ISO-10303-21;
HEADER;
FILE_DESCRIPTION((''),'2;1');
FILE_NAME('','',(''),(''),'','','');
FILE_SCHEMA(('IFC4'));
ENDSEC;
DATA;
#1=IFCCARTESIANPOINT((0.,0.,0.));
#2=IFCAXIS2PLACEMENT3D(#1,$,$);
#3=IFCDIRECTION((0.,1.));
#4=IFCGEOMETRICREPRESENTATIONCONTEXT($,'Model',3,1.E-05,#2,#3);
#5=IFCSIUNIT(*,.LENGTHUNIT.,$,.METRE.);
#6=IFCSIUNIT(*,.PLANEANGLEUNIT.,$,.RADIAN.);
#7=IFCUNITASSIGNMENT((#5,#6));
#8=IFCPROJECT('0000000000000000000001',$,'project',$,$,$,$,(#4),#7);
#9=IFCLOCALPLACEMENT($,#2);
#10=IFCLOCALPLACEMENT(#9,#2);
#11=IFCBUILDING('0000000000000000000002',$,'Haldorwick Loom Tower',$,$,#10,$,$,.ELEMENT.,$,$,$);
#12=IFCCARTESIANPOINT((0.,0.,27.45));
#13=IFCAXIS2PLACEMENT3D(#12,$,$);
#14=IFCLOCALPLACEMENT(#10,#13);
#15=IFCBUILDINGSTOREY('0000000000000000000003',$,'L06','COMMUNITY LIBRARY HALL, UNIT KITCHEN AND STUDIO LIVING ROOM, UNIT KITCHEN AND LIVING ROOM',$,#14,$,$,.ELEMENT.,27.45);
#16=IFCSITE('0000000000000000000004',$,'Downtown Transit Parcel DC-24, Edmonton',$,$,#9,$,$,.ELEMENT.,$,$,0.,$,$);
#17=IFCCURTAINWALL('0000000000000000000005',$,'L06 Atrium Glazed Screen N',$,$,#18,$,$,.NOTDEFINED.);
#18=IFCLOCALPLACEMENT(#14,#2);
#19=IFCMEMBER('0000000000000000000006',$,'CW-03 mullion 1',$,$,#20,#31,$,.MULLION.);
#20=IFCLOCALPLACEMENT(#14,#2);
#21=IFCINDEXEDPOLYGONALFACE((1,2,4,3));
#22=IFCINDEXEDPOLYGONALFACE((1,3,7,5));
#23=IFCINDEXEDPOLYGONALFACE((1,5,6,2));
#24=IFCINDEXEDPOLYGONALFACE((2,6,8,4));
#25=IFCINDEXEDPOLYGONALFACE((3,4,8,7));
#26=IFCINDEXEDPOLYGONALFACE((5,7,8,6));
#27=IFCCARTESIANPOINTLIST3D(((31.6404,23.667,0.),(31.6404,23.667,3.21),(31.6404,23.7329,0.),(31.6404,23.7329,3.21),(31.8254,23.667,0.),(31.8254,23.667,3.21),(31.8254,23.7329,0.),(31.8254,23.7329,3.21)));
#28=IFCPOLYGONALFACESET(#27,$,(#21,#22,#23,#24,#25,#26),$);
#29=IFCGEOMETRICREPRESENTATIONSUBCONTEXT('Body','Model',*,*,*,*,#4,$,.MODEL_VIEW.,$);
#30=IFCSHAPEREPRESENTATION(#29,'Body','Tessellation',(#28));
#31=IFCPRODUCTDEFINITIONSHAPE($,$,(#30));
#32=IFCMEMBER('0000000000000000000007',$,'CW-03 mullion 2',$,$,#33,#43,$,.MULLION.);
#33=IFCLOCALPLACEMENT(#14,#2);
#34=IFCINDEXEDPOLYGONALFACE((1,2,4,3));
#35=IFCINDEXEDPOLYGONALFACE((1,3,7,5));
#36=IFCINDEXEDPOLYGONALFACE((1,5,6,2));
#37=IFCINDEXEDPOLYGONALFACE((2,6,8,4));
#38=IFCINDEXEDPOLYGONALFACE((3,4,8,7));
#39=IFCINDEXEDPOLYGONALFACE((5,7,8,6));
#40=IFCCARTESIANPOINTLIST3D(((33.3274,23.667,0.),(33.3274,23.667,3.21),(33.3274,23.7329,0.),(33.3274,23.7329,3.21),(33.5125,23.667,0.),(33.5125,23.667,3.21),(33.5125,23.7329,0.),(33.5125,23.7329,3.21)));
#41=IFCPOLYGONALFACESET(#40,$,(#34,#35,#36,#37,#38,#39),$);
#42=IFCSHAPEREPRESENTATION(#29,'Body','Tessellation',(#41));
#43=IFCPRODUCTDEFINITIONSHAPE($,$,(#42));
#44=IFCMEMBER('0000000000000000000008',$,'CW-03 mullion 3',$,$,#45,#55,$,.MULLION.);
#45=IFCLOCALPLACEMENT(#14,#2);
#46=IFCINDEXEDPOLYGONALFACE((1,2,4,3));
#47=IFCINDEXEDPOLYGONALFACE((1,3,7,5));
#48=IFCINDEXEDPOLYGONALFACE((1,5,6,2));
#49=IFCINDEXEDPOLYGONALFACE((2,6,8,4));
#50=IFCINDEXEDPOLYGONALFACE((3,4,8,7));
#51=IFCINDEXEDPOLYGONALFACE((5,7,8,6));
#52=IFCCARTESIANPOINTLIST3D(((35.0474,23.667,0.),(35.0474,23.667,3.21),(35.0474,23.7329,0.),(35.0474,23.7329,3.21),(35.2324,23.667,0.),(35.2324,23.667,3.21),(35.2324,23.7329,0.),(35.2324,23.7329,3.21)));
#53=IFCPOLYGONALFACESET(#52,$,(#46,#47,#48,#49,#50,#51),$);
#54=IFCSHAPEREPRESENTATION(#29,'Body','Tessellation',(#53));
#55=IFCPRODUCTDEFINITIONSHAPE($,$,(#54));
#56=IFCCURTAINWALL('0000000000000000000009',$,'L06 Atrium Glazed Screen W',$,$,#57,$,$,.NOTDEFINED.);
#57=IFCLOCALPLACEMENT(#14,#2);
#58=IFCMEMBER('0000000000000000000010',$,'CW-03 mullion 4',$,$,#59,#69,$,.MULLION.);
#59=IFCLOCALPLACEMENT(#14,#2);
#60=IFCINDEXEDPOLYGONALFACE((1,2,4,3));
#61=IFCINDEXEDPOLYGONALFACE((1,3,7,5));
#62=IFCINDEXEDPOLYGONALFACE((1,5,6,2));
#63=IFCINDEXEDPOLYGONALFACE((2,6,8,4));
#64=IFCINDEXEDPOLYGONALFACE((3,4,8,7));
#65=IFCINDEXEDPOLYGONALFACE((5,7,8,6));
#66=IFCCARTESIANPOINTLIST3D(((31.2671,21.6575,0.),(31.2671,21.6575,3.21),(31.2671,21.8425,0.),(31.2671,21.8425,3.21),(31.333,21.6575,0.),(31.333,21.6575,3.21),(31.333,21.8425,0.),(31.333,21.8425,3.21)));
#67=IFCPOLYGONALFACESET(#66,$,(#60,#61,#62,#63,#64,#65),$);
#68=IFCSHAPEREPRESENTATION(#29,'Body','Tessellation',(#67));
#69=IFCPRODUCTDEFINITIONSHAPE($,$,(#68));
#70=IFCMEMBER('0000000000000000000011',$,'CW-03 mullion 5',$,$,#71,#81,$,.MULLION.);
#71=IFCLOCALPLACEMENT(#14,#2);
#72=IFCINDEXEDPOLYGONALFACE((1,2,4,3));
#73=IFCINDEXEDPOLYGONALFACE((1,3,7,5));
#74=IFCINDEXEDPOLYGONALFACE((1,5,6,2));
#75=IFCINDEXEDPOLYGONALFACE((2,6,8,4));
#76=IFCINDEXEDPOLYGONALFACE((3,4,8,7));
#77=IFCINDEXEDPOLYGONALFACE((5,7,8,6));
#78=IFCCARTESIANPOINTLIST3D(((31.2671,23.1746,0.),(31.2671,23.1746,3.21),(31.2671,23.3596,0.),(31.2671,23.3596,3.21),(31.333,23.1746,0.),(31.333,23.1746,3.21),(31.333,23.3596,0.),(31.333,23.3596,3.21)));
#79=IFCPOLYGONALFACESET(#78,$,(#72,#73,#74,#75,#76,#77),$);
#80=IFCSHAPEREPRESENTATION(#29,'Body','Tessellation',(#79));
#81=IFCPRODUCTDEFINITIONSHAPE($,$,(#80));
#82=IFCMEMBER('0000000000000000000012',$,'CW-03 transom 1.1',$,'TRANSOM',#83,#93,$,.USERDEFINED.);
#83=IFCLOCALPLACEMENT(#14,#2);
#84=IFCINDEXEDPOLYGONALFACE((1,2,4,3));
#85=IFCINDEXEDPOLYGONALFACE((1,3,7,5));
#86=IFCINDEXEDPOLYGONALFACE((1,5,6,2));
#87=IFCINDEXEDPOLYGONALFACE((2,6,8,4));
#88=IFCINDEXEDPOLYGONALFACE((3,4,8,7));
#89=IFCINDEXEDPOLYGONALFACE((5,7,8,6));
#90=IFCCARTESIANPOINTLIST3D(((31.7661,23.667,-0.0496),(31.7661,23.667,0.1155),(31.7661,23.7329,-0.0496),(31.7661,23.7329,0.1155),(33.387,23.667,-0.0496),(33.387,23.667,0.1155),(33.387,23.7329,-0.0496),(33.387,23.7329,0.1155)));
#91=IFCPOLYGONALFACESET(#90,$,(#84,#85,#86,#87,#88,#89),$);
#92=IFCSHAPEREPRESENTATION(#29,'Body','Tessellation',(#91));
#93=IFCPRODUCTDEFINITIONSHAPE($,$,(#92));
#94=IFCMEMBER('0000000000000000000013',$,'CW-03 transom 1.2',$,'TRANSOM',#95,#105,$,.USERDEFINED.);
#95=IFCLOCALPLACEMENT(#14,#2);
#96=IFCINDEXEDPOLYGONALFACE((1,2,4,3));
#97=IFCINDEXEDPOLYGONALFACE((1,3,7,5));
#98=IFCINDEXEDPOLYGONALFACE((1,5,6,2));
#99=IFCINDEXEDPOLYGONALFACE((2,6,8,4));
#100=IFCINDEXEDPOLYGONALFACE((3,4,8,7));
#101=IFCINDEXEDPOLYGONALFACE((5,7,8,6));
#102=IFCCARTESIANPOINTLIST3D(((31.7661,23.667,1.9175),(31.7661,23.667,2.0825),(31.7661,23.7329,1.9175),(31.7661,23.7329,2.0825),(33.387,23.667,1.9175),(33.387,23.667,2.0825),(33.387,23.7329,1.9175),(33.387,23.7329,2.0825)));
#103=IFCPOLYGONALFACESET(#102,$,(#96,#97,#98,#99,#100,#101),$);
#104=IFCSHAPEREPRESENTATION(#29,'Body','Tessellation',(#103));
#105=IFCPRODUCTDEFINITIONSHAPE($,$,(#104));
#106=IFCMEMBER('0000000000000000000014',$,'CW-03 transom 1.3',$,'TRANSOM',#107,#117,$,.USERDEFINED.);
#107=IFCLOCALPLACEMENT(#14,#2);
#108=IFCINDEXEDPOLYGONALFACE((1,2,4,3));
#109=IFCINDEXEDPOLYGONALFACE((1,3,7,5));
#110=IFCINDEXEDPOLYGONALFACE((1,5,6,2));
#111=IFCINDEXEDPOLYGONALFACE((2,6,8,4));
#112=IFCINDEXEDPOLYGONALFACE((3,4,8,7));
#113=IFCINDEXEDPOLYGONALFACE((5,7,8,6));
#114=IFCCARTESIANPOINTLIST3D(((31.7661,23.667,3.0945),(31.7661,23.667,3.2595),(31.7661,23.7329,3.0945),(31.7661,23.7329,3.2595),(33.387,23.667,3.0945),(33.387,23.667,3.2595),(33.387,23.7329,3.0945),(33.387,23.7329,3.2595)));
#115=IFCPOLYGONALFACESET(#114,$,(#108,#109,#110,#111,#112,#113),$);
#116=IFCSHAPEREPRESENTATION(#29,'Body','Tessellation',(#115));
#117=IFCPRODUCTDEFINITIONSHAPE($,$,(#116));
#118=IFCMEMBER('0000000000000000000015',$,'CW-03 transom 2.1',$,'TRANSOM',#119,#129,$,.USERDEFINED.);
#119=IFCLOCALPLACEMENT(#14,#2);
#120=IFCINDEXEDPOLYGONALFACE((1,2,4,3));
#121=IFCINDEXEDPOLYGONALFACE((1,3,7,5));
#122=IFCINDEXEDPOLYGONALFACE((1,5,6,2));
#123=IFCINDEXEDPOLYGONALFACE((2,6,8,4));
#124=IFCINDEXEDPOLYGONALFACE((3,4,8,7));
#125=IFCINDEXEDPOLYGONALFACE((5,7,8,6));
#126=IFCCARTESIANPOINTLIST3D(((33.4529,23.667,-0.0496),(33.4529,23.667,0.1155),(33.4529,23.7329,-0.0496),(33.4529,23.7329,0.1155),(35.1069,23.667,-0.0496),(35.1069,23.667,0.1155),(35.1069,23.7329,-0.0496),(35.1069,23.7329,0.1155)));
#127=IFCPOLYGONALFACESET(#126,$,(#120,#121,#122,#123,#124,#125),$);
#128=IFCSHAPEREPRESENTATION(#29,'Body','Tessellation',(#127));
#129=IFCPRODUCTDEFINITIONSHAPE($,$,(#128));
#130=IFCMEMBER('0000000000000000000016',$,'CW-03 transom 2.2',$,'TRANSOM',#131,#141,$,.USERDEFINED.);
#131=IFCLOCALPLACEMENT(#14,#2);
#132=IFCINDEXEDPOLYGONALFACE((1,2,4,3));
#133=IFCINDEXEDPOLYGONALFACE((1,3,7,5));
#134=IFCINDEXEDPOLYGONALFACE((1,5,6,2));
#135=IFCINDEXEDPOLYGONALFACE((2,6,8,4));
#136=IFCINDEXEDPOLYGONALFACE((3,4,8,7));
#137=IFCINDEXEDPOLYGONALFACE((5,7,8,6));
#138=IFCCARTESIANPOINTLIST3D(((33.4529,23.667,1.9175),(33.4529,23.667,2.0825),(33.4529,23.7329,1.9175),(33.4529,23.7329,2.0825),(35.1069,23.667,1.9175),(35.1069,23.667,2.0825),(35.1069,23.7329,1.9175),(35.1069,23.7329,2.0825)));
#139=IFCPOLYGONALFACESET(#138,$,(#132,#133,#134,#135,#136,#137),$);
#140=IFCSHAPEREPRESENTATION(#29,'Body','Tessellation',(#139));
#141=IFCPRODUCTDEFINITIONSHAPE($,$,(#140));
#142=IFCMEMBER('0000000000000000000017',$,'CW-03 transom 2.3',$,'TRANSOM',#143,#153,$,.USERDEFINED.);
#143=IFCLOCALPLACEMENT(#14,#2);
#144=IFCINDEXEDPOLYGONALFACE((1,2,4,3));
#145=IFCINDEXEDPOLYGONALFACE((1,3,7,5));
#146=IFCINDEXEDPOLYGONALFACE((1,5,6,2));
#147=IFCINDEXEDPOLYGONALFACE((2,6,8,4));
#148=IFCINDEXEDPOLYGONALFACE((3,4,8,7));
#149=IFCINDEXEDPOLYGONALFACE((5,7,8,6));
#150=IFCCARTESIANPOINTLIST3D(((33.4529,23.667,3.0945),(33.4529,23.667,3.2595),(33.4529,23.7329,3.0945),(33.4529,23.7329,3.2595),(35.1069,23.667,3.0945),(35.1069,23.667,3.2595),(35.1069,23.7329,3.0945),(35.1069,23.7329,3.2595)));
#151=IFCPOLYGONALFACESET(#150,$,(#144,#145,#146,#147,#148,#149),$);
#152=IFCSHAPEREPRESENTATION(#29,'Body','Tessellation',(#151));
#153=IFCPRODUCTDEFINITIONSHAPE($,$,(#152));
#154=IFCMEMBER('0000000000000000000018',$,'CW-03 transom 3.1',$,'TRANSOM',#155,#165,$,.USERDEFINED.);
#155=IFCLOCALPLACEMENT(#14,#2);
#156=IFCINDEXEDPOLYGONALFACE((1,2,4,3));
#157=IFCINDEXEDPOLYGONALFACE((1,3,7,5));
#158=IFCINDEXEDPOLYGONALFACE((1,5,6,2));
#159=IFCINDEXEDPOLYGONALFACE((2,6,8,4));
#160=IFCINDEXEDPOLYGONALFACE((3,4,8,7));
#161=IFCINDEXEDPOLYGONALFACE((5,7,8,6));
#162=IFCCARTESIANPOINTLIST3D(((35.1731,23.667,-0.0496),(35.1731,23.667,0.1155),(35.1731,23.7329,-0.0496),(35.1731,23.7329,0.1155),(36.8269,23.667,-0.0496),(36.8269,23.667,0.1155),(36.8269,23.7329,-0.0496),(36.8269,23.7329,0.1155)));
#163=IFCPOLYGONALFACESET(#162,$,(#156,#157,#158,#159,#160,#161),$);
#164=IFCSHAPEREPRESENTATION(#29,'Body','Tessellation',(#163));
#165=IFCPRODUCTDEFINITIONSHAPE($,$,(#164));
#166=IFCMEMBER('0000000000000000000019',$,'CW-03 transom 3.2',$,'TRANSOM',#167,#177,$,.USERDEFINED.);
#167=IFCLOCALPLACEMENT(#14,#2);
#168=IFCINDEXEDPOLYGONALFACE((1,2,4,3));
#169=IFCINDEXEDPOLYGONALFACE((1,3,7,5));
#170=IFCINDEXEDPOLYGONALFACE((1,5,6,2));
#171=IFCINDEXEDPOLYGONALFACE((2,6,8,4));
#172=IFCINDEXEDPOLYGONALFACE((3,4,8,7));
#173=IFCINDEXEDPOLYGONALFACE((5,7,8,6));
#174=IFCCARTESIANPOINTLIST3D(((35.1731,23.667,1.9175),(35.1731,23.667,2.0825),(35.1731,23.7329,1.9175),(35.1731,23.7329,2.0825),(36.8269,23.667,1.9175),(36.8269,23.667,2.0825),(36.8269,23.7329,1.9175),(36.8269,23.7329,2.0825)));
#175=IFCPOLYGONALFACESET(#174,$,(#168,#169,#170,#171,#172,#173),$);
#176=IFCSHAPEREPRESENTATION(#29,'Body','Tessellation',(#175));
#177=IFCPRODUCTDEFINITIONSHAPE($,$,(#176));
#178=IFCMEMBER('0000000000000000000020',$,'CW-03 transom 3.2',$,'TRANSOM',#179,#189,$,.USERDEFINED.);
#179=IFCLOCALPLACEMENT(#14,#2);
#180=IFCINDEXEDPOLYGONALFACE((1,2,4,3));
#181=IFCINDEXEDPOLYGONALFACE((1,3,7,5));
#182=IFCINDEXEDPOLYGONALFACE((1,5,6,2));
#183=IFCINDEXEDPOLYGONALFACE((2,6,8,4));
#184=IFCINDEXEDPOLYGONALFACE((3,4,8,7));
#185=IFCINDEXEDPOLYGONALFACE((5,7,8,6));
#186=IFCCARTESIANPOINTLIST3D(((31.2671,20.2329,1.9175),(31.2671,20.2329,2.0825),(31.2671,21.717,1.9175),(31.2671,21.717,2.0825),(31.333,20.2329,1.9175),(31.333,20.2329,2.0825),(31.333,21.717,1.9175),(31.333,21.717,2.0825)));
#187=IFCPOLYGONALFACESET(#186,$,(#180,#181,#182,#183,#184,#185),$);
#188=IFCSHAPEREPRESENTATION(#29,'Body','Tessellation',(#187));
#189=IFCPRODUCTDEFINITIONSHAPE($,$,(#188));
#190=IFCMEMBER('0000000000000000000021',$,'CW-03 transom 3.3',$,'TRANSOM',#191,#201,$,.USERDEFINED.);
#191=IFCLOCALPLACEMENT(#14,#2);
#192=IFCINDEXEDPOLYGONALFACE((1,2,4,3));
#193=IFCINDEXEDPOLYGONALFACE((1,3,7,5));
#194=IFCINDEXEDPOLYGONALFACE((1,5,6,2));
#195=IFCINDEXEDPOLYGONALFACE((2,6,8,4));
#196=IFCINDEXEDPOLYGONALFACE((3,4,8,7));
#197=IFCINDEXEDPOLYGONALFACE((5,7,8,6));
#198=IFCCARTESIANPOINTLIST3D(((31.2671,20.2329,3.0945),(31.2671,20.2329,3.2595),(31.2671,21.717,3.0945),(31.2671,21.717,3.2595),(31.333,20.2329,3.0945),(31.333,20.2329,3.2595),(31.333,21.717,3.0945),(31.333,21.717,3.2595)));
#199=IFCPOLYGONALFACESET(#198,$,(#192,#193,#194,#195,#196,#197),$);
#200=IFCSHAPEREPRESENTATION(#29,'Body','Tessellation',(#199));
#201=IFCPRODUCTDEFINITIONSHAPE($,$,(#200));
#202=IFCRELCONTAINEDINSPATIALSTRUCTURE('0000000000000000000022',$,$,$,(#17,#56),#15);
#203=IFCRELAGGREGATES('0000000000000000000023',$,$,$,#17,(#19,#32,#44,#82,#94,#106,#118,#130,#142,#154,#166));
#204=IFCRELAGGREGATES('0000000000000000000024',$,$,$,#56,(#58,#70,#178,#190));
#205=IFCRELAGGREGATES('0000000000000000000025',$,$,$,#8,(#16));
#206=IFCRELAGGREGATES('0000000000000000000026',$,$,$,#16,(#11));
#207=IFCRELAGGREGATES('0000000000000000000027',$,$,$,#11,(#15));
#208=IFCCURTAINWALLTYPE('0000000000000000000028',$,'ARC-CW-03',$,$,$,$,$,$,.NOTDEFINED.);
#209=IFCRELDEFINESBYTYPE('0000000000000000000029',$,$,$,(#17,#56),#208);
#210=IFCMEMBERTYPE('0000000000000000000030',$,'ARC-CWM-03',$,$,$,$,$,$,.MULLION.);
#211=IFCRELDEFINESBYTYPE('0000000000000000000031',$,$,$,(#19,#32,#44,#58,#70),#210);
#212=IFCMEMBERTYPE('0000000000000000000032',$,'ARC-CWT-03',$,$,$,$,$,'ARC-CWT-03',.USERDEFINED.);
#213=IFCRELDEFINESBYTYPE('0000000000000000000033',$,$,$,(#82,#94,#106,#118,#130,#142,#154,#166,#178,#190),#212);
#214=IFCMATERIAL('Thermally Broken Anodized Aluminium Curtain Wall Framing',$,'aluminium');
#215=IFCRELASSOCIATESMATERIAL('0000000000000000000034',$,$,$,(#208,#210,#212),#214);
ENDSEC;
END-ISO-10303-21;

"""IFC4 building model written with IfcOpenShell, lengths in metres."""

from ifc_helpers import new_model, si_unit, direction, frame, origin, origin_2d, place, context, subcontext, project, spatial, rectangle, extrude, material, material_profile, profile_set, type_object, element, aggregate, save


model = new_model("IFC4")

# Units and contexts
model_context = context("Model", 3, precision=1e-05, world=origin(), true_north=direction((0.0, 1.0)))
body_context = subcontext(model_context, "Body", "Model", "MODEL_VIEW")
ifc_project = project(units=[si_unit("LENGTHUNIT", "METRE"), si_unit("PLANEANGLEUNIT", "RADIAN")], contexts=[model_context])

# Site, building, storey
site_placement = place(None, origin())
site = spatial("IfcSite", under=ifc_project, at=site_placement, Name="Downtown Transit Parcel DC-24, Edmonton", CompositionType="ELEMENT", RefElevation=0.0)
building_placement = place(site_placement, origin())
building = spatial("IfcBuilding", under=site, at=building_placement, Name="Haldorwick Loom Tower", CompositionType="ELEMENT")
storey_placement = place(building_placement, frame((0.0, 0.0, 27.45)))
storey = spatial("IfcBuildingStorey", under=building, at=storey_placement, Name="L06", Description="COMMUNITY LIBRARY HALL, UNIT KITCHEN AND STUDIO LIVING ROOM, UNIT KITCHEN AND LIVING ROOM", CompositionType="ELEMENT", Elevation=27.45)

# Curtain walls, members
ifc_material_1 = material(Name="Thermally Broken Anodized Aluminium Curtain Wall Framing", Category="aluminium")
curtain_wall_type = type_object("IfcCurtainWallType", Name="ARC-CW-03", PredefinedType="NOTDEFINED", material=ifc_material_1)
curtain_wall_1_placement = place(storey_placement, origin())
curtain_wall_1 = element("IfcCurtainWall", 1, at=curtain_wall_1_placement, inside=storey, type_object=curtain_wall_type, Name="L06 Atrium Glazed Screen N", PredefinedType="NOTDEFINED")
ifc_material_profile_1 = material_profile(ifc_material_1, rectangle(XDim=0.0659, YDim=0.1851, at=origin_2d()), Name="ALU_MUL_66X185", Category="aluminium")
ifc_profile_set_1 = profile_set([ifc_material_profile_1], Name="Thermally Broken Anodized Aluminium Curtain Wall Framing")
member_type_1 = type_object("IfcMemberType", Name="ARC-CWM-03", PredefinedType="MULLION", material=ifc_profile_set_1)
member_1_placement = place(storey_placement, frame((31.7329, 23.7, 0.0), z_axis=(0.0, 0.0, 1.0), x_axis=(0.0, 1.0, 0.0)))
member_1 = element("IfcMember", 2, at=member_1_placement, type_object=member_type_1, Name="CW-03 mullion 1", PredefinedType="MULLION", context=body_context, shape_type="SweptSolid", body=[
    extrude(rectangle(XDim=0.0659, YDim=0.1851, at=origin_2d()), origin(), (0.0, 0.0, 1.0), 3.21),
])
member_2_placement = place(storey_placement, frame((33.4199, 23.7, 0.0), z_axis=(0.0, 0.0, 1.0), x_axis=(0.0, 1.0, 0.0)))
member_2 = element("IfcMember", 3, at=member_2_placement, type_object=member_type_1, Name="CW-03 mullion 2", PredefinedType="MULLION", context=body_context, shape_type="SweptSolid", body=[
    extrude(rectangle(XDim=0.0659, YDim=0.1851, at=origin_2d()), origin(), (0.0, 0.0, 1.0), 3.21),
])
member_3_placement = place(storey_placement, frame((35.1399, 23.7, 0.0), z_axis=(0.0, 0.0, 1.0), x_axis=(0.0, 1.0, 0.0)))
member_3 = element("IfcMember", 4, at=member_3_placement, type_object=member_type_1, Name="CW-03 mullion 3", PredefinedType="MULLION", context=body_context, shape_type="SweptSolid", body=[
    extrude(rectangle(XDim=0.0659, YDim=0.1851, at=origin_2d()), origin(), (0.0, 0.0, 1.0), 3.21),
])
curtain_wall_2_placement = place(storey_placement, origin())
curtain_wall_2 = element("IfcCurtainWall", 5, at=curtain_wall_2_placement, inside=storey, type_object=curtain_wall_type, Name="L06 Atrium Glazed Screen W", PredefinedType="NOTDEFINED")
member_4_placement = place(storey_placement, frame((31.3, 21.75, 0.0), z_axis=(0.0, 0.0, 1.0), x_axis=(-1.0, 0.0, 0.0)))
member_4 = element("IfcMember", 6, at=member_4_placement, type_object=member_type_1, Name="CW-03 mullion 4", PredefinedType="MULLION", context=body_context, shape_type="SweptSolid", body=[
    extrude(rectangle(XDim=0.0659, YDim=0.1851, at=origin_2d()), origin(), (0.0, 0.0, 1.0), 3.21),
])
member_5_placement = place(storey_placement, frame((31.3, 23.2671, 0.0), z_axis=(0.0, 0.0, 1.0), x_axis=(-1.0, 0.0, 0.0)))
member_5 = element("IfcMember", 7, at=member_5_placement, type_object=member_type_1, Name="CW-03 mullion 5", PredefinedType="MULLION", context=body_context, shape_type="SweptSolid", body=[
    extrude(rectangle(XDim=0.0659, YDim=0.1851, at=origin_2d()), origin(), (0.0, 0.0, 1.0), 3.21),
])

# Members
ifc_material_profile_2 = material_profile(ifc_material_1, rectangle(XDim=0.0659, YDim=0.165, at=origin_2d()), Name="ALU_TRN_66X165", Category="aluminium")
ifc_profile_set_2 = profile_set([ifc_material_profile_2], Name="Thermally Broken Anodized Aluminium Curtain Wall Framing")
member_type_2 = type_object("IfcMemberType", Name="ARC-CWT-03", ElementType="ARC-CWT-03", PredefinedType="USERDEFINED", material=ifc_profile_set_2)
member_6_placement = place(storey_placement, frame((31.7661, 23.7, 0.033), z_axis=(1.0, 0.0, 0.0), x_axis=(0.0, 1.0, 0.0)))
member_6 = element("IfcMember", 8, at=member_6_placement, type_object=member_type_2, Name="CW-03 transom 1.1", ObjectType="TRANSOM", PredefinedType="USERDEFINED", context=body_context, shape_type="SweptSolid", body=[
    extrude(rectangle(XDim=0.0659, YDim=0.165, at=origin_2d()), origin(), (0.0, 0.0, 1.0), 1.6208),
])
member_7_placement = place(storey_placement, frame((31.7661, 23.7, 2.0), z_axis=(1.0, 0.0, 0.0), x_axis=(0.0, 1.0, 0.0)))
member_7 = element("IfcMember", 9, at=member_7_placement, type_object=member_type_2, Name="CW-03 transom 1.2", ObjectType="TRANSOM", PredefinedType="USERDEFINED", context=body_context, shape_type="SweptSolid", body=[
    extrude(rectangle(XDim=0.0659, YDim=0.165, at=origin_2d()), origin(), (0.0, 0.0, 1.0), 1.6208),
])
member_8_placement = place(storey_placement, frame((31.7661, 23.7, 3.177), z_axis=(1.0, 0.0, 0.0), x_axis=(0.0, 1.0, 0.0)))
member_8 = element("IfcMember", 10, at=member_8_placement, type_object=member_type_2, Name="CW-03 transom 1.3", ObjectType="TRANSOM", PredefinedType="USERDEFINED", context=body_context, shape_type="SweptSolid", body=[
    extrude(rectangle(XDim=0.0659, YDim=0.165, at=origin_2d()), origin(), (0.0, 0.0, 1.0), 1.6208),
])
member_9_placement = place(storey_placement, frame((33.4529, 23.7, 0.033), z_axis=(1.0, 0.0, 0.0), x_axis=(0.0, 1.0, 0.0)))
member_9 = element("IfcMember", 11, at=member_9_placement, type_object=member_type_2, Name="CW-03 transom 2.1", ObjectType="TRANSOM", PredefinedType="USERDEFINED", context=body_context, shape_type="SweptSolid", body=[
    extrude(rectangle(XDim=0.0659, YDim=0.165, at=origin_2d()), origin(), (0.0, 0.0, 1.0), 1.6541),
])
member_10_placement = place(storey_placement, frame((33.4529, 23.7, 2.0), z_axis=(1.0, 0.0, 0.0), x_axis=(0.0, 1.0, 0.0)))
member_10 = element("IfcMember", 12, at=member_10_placement, type_object=member_type_2, Name="CW-03 transom 2.2", ObjectType="TRANSOM", PredefinedType="USERDEFINED", context=body_context, shape_type="SweptSolid", body=[
    extrude(rectangle(XDim=0.0659, YDim=0.165, at=origin_2d()), origin(), (0.0, 0.0, 1.0), 1.6541),
])
member_11_placement = place(storey_placement, frame((33.4529, 23.7, 3.177), z_axis=(1.0, 0.0, 0.0), x_axis=(0.0, 1.0, 0.0)))
member_11 = element("IfcMember", 13, at=member_11_placement, type_object=member_type_2, Name="CW-03 transom 2.3", ObjectType="TRANSOM", PredefinedType="USERDEFINED", context=body_context, shape_type="SweptSolid", body=[
    extrude(rectangle(XDim=0.0659, YDim=0.165, at=origin_2d()), origin(), (0.0, 0.0, 1.0), 1.6541),
])
member_12_placement = place(storey_placement, frame((35.1731, 23.7, 0.033), z_axis=(1.0, 0.0, 0.0), x_axis=(0.0, 1.0, 0.0)))
member_12 = element("IfcMember", 14, at=member_12_placement, type_object=member_type_2, Name="CW-03 transom 3.1", ObjectType="TRANSOM", PredefinedType="USERDEFINED", context=body_context, shape_type="SweptSolid", body=[
    extrude(rectangle(XDim=0.0659, YDim=0.165, at=origin_2d()), origin(), (0.0, 0.0, 1.0), 1.6538),
])
member_13_placement = place(storey_placement, frame((35.1731, 23.7, 2.0), z_axis=(1.0, 0.0, 0.0), x_axis=(0.0, 1.0, 0.0)))
member_13 = element("IfcMember", 15, at=member_13_placement, type_object=member_type_2, Name="CW-03 transom 3.2", ObjectType="TRANSOM", PredefinedType="USERDEFINED", context=body_context, shape_type="SweptSolid", body=[
    extrude(rectangle(XDim=0.0659, YDim=0.165, at=origin_2d()), origin(), (0.0, 0.0, 1.0), 1.6538),
])
member_14_placement = place(storey_placement, frame((31.3, 20.2329, 2.0), z_axis=(0.0, 1.0, 0.0), x_axis=(-1.0, 0.0, 0.0)))
member_14 = element("IfcMember", 16, at=member_14_placement, type_object=member_type_2, Name="CW-03 transom 3.2", ObjectType="TRANSOM", PredefinedType="USERDEFINED", context=body_context, shape_type="SweptSolid", body=[
    extrude(rectangle(XDim=0.0659, YDim=0.165, at=origin_2d()), origin(), (0.0, 0.0, 1.0), 1.4841),
])
member_15_placement = place(storey_placement, frame((31.3, 20.2329, 3.177), z_axis=(0.0, 1.0, 0.0), x_axis=(-1.0, 0.0, 0.0)))
member_15 = element("IfcMember", 17, at=member_15_placement, type_object=member_type_2, Name="CW-03 transom 3.3", ObjectType="TRANSOM", PredefinedType="USERDEFINED", context=body_context, shape_type="SweptSolid", body=[
    extrude(rectangle(XDim=0.0659, YDim=0.165, at=origin_2d()), origin(), (0.0, 0.0, 1.0), 1.4841),
])

aggregate(curtain_wall_1, [member_1, member_2, member_3, member_6, member_7, member_8, member_9, member_10, member_11, member_12, member_13])
aggregate(curtain_wall_2, [member_4, member_5, member_14, member_15])

save(model, "model.ifc")
